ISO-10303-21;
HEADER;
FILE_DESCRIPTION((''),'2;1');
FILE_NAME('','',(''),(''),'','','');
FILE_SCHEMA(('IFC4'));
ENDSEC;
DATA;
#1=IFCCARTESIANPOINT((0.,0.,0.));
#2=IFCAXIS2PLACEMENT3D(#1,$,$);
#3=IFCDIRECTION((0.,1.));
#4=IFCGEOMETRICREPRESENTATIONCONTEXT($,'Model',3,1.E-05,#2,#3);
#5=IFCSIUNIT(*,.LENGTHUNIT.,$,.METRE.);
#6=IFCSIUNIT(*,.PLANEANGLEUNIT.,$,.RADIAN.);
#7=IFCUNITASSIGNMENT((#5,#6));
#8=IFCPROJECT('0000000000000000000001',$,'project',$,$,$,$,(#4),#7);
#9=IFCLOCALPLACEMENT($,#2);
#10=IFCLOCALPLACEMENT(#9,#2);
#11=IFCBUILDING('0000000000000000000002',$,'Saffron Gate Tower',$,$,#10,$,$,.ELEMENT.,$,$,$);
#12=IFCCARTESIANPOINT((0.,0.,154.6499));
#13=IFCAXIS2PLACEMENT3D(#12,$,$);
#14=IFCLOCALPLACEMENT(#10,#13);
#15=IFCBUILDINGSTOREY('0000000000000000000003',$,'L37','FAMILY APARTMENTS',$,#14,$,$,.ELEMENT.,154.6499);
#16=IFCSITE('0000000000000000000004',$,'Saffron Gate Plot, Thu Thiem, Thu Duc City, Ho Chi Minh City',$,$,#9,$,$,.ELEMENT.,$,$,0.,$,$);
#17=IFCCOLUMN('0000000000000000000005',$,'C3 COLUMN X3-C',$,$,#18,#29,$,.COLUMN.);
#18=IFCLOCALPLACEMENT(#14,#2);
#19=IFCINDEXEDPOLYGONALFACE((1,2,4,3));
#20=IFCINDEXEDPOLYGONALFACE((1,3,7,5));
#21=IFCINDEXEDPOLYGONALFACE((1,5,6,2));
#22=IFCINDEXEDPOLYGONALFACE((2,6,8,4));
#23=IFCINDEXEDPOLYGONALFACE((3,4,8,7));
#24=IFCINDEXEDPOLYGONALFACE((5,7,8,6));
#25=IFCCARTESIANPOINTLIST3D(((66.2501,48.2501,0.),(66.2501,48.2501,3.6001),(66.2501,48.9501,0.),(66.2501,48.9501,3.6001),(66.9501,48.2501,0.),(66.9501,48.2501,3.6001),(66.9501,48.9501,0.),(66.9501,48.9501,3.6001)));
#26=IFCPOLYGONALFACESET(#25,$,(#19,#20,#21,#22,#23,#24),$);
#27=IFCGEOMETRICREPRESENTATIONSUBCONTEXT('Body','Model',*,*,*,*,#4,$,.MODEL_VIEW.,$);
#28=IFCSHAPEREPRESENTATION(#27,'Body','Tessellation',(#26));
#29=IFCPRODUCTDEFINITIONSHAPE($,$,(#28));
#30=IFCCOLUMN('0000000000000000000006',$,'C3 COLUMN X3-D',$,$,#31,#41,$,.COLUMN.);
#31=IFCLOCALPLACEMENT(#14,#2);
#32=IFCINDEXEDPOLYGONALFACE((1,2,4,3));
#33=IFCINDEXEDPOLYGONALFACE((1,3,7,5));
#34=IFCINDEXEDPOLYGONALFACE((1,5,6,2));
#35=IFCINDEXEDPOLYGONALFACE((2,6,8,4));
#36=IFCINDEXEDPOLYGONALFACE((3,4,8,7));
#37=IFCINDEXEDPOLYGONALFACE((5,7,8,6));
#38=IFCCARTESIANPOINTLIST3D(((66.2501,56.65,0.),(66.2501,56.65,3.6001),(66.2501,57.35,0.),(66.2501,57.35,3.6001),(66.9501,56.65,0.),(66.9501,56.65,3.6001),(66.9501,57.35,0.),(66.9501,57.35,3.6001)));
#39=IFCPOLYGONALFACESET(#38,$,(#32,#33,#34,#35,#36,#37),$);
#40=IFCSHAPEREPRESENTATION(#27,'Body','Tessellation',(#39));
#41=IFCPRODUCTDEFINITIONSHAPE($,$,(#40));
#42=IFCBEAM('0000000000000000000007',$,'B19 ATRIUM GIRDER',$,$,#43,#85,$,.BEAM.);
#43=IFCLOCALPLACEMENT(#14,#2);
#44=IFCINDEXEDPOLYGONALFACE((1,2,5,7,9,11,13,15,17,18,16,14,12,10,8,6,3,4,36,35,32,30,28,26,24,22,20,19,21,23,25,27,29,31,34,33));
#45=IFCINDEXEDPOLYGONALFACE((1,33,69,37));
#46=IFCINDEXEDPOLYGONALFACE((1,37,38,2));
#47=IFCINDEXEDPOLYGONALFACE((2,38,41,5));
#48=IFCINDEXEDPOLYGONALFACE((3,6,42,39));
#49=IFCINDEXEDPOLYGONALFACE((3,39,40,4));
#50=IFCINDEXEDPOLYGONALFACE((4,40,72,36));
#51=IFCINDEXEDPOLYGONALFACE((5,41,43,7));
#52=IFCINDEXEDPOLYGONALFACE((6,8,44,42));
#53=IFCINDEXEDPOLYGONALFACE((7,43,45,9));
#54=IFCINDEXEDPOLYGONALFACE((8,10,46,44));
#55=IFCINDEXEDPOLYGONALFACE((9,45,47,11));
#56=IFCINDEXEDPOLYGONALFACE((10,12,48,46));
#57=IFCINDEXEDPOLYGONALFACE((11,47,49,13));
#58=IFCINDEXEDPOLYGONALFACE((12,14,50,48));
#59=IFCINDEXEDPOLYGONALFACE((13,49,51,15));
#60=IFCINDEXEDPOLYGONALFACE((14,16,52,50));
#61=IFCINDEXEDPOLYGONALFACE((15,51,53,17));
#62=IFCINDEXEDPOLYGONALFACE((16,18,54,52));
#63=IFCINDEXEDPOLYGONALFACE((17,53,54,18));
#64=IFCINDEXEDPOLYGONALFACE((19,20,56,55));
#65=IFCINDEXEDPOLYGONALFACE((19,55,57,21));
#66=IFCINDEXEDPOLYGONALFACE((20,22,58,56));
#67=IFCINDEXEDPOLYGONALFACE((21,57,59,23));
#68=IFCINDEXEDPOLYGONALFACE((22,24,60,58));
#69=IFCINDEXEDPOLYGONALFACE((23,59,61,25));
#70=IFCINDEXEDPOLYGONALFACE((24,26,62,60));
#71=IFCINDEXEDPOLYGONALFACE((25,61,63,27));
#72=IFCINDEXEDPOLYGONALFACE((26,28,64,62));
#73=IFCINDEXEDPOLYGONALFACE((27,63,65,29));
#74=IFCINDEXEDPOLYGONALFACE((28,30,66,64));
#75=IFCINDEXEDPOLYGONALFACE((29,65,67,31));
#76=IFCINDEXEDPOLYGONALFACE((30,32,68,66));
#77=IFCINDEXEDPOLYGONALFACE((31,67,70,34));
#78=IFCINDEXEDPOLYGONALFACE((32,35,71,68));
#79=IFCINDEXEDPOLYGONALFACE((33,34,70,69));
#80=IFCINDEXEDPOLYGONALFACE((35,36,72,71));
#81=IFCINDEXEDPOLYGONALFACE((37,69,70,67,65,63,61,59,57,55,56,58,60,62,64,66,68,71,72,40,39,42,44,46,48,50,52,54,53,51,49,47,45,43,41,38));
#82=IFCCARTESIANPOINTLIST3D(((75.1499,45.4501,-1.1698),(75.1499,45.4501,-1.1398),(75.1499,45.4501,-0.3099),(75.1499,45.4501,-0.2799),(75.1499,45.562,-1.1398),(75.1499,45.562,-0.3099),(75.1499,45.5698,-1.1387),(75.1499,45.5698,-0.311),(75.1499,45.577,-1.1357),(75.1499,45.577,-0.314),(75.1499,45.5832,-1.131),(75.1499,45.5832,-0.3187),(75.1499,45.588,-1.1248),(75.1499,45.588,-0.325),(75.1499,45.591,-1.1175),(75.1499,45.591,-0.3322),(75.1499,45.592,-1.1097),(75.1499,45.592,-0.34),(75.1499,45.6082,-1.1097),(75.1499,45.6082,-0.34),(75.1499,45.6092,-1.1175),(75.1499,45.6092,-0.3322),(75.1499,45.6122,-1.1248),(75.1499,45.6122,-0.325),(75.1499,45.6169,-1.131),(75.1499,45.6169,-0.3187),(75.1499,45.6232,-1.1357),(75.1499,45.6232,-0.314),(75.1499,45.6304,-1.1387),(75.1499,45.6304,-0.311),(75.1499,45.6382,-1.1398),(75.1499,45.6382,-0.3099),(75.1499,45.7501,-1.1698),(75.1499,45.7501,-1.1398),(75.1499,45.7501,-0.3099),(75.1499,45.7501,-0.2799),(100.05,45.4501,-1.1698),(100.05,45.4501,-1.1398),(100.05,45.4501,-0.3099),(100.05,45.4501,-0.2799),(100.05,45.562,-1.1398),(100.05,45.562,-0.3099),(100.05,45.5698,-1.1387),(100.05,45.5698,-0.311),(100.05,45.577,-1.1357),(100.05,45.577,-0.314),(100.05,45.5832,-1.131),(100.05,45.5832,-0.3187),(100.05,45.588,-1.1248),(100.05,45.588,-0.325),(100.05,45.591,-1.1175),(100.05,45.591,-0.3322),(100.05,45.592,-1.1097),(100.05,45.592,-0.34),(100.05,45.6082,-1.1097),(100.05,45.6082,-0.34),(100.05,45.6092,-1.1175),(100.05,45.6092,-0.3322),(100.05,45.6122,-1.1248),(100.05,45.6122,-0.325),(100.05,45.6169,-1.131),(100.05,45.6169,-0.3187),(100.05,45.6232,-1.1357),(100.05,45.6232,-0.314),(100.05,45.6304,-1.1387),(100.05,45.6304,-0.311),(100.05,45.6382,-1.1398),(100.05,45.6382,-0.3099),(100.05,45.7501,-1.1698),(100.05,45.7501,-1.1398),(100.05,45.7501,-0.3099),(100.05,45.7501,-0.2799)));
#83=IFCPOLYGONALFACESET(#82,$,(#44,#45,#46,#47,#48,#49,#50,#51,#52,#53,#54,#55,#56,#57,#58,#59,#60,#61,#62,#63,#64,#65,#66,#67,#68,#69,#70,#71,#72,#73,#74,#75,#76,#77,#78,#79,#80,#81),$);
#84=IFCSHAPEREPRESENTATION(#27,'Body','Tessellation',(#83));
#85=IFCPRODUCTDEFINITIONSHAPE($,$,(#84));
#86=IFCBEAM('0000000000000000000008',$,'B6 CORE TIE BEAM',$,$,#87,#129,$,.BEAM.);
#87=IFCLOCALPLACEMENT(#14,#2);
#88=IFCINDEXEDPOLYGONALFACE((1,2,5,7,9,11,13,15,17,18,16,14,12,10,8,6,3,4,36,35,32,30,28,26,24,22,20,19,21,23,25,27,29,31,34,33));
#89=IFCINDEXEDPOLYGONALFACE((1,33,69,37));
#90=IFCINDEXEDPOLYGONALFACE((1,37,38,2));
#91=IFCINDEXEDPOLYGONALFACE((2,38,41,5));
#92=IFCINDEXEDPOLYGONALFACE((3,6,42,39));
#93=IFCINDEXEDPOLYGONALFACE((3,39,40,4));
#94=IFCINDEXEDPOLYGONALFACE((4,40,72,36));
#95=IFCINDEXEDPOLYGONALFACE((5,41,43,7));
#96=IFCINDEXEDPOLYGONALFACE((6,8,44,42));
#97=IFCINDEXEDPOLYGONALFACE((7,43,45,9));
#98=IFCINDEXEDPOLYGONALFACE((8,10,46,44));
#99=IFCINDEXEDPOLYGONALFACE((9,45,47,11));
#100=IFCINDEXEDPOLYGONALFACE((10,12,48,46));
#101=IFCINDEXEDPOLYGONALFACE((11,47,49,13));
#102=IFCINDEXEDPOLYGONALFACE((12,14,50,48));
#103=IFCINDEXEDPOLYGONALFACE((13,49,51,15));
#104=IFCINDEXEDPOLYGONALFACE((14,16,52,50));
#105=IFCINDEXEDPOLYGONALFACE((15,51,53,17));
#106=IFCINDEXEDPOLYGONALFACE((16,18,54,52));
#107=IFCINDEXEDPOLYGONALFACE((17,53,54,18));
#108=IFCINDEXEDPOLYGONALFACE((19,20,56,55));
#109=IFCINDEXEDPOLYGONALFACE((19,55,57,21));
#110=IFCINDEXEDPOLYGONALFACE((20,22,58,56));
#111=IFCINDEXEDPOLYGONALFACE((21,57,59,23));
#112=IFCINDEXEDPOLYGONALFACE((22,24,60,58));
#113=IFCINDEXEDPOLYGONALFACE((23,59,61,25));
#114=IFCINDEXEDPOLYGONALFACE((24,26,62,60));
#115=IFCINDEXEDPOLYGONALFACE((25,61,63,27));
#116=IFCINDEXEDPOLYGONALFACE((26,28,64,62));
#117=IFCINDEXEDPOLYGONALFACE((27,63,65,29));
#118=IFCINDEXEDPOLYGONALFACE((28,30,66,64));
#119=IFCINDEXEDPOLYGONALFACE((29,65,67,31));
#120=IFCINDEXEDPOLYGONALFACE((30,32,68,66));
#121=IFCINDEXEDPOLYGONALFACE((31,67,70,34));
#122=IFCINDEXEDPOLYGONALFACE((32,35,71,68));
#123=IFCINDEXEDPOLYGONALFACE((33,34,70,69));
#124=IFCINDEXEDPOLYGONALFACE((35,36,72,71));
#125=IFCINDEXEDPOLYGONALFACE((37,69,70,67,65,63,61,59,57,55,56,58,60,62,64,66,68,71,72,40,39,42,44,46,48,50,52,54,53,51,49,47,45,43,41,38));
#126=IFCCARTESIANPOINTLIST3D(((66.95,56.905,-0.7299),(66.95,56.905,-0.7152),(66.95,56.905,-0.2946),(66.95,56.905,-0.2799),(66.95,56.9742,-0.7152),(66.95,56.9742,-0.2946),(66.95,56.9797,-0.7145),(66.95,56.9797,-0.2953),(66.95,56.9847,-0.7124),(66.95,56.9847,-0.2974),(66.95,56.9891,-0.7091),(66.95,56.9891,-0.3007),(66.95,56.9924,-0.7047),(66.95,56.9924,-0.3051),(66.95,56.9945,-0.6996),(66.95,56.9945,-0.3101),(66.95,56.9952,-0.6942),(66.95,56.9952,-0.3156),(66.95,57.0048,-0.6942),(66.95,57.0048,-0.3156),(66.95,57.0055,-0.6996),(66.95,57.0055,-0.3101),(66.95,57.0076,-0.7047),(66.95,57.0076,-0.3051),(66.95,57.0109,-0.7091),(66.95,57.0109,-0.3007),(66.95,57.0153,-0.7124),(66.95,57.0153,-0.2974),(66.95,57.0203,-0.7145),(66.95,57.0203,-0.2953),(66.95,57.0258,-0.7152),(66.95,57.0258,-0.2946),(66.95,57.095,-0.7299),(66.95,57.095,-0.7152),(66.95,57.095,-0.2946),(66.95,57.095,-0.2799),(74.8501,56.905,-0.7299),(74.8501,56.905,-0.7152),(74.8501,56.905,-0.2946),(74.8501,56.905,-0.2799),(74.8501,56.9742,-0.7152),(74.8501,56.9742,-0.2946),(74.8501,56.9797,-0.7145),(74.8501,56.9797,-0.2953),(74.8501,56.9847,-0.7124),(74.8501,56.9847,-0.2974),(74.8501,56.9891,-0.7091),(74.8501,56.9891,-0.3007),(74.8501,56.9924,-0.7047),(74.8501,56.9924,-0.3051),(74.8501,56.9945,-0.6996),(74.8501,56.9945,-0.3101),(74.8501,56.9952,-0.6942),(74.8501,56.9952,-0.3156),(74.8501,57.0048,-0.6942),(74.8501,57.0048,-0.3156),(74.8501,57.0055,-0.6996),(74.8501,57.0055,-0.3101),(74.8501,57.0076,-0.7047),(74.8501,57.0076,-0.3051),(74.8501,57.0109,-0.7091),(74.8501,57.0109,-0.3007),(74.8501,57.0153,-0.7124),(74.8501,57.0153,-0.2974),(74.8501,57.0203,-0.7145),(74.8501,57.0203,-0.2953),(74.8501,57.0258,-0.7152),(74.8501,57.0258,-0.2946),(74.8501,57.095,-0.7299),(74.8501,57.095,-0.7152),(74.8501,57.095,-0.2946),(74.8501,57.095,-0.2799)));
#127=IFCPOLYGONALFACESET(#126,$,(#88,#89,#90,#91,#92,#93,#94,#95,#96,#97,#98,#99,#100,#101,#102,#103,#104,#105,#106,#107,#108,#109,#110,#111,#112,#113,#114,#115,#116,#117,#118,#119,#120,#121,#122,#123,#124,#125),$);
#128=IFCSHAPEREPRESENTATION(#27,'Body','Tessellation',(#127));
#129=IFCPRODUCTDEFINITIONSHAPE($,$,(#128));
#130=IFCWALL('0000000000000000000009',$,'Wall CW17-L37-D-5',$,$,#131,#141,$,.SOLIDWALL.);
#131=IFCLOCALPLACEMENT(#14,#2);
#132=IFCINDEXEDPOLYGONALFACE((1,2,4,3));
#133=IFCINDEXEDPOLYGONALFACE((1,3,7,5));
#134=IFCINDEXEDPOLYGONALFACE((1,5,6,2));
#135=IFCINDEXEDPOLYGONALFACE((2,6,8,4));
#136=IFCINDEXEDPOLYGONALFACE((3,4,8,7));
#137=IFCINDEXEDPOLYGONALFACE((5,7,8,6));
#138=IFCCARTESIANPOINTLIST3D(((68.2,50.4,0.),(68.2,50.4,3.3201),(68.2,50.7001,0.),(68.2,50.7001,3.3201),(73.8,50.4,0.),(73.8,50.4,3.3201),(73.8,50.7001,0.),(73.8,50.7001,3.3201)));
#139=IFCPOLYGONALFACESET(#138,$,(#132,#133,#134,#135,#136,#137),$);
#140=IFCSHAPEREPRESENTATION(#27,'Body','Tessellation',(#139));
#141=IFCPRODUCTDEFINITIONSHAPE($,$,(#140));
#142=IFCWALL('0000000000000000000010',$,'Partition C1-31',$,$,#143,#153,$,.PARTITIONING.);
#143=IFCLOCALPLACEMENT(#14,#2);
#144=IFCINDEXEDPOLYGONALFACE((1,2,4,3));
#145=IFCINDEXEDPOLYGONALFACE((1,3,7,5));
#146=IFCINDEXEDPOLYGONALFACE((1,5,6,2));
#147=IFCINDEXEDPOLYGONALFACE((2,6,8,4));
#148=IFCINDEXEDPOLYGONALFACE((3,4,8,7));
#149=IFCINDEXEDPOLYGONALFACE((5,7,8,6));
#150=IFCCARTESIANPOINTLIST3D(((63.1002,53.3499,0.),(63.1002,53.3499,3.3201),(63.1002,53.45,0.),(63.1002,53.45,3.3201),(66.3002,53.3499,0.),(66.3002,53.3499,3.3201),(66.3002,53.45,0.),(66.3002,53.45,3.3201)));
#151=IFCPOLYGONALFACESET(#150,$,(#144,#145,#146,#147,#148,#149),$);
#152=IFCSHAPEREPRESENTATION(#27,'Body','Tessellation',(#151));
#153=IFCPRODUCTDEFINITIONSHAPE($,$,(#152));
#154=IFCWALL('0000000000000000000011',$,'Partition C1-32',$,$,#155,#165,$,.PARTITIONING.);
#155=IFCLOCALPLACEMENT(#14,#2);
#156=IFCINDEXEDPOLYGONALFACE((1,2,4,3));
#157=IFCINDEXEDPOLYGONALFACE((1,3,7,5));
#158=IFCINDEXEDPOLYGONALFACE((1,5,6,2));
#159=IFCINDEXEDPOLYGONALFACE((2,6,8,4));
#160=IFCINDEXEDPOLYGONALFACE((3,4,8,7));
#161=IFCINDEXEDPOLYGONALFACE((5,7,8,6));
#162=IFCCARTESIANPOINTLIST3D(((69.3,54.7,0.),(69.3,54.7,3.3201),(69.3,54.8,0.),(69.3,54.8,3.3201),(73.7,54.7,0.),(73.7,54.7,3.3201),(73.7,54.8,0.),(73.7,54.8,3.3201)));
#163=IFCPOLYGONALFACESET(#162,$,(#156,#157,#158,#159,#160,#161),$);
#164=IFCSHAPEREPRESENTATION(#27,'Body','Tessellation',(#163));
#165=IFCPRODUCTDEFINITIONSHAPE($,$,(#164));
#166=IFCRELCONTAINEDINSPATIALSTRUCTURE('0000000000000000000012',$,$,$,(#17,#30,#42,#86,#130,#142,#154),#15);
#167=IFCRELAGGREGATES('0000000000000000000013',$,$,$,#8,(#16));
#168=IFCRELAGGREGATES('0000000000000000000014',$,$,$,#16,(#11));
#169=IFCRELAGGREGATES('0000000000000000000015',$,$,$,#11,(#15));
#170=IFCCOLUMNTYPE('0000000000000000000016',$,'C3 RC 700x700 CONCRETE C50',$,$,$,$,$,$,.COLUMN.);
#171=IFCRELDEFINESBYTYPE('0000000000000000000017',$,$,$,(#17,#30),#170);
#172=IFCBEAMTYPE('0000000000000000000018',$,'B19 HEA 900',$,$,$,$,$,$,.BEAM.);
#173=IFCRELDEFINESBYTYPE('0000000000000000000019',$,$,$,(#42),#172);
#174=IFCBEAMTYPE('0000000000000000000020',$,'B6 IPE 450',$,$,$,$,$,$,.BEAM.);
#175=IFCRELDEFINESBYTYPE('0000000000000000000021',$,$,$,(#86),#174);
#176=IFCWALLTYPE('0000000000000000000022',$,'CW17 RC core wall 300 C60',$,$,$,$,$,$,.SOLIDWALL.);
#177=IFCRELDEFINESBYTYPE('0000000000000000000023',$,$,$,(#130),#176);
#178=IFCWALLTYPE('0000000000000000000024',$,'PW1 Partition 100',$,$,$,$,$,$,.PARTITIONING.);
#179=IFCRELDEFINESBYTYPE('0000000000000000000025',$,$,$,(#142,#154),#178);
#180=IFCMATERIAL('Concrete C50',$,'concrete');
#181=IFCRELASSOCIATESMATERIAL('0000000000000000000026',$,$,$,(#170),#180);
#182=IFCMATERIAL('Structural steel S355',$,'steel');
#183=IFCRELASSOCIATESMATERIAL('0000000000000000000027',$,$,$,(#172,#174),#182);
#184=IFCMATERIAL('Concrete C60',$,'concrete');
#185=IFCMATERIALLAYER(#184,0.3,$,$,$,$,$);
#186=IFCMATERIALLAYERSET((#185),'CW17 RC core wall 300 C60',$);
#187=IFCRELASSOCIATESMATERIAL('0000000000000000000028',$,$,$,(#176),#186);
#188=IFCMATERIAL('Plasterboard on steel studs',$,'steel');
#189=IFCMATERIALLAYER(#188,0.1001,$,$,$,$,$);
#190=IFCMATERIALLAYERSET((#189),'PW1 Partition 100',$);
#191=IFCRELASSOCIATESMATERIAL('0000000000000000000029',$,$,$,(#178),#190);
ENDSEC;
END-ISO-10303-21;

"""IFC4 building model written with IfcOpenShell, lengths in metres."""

from ifc_helpers import new_model, si_unit, direction, frame, frame_2d, origin, origin_2d, place, context, subcontext, project, spatial, rectangle, i_section, extrude, material, layer, layer_set, material_profile, profile_set, type_object, element, save


model = new_model("IFC4")

# Units and contexts
model_context = context("Model", 3, precision=1e-05, world=origin(), true_north=direction((0.0, 1.0)))
body_context = subcontext(model_context, "Body", "Model", "MODEL_VIEW")
ifc_project = project(units=[si_unit("LENGTHUNIT", "METRE"), si_unit("PLANEANGLEUNIT", "RADIAN")], contexts=[model_context])

# Site, building, storey
site_placement = place(None, origin())
site = spatial("IfcSite", under=ifc_project, at=site_placement, Name="Saffron Gate Plot, Thu Thiem, Thu Duc City, Ho Chi Minh City", CompositionType="ELEMENT", RefElevation=0.0)
building_placement = place(site_placement, origin())
building = spatial("IfcBuilding", under=site, at=building_placement, Name="Saffron Gate Tower", CompositionType="ELEMENT")
storey_placement = place(building_placement, frame((0.0, 0.0, 154.6499)))
storey = spatial("IfcBuildingStorey", under=building, at=storey_placement, Name="L37", Description="FAMILY APARTMENTS", CompositionType="ELEMENT", Elevation=154.6499)

# Columns
ifc_material_1 = material(Name="Concrete C50", Category="concrete")
ifc_material_profile_1 = material_profile(ifc_material_1, rectangle(XDim=0.7, YDim=0.7, at=origin_2d()))
ifc_profile_set_1 = profile_set([ifc_material_profile_1], Name="Concrete C50")
column_type = type_object("IfcColumnType", Name="C3 RC 700x700 CONCRETE C50", PredefinedType="COLUMN", material=ifc_profile_set_1)
for number, where, z_axis, x_axis, name in (
    (1, (66.6001, 48.6001, 0.0), (0.0, 0.0, 1.0), (1.0, 0.0, 0.0), "C3 COLUMN X3-C"),
    (2, (66.6001, 57.0, 0.0), (0.0, 0.0, 1.0), (1.0, 0.0, 0.0), "C3 COLUMN X3-D"),
):
    element("IfcColumn", number, at=place(storey_placement, frame(where, z_axis=z_axis, x_axis=x_axis)), inside=storey, type_object=column_type, Name=name, PredefinedType="COLUMN", context=body_context, shape_type="SweptSolid", body=[
        extrude(rectangle(XDim=0.7, YDim=0.7, at=origin_2d()), origin(), (0.0, 0.0, 1.0), 3.6001),
    ])

# Beams
ifc_material_2 = material(Name="Structural steel S355", Category="steel")
ifc_material_profile_2 = material_profile(ifc_material_2, i_section(OverallWidth=0.3, OverallDepth=0.8899, WebThickness=0.0161, FlangeThickness=0.03, FilletRadius=0.03, at=origin_2d()))
ifc_profile_set_2 = profile_set([ifc_material_profile_2], Name="Structural steel S355")
beam_type_1 = type_object("IfcBeamType", Name="B19 HEA 900", PredefinedType="BEAM", material=ifc_profile_set_2)
beam_1_placement = place(storey_placement, frame((75.1499, 45.6001, -0.7249), z_axis=(1.0, 0.0, 0.0), x_axis=(0.0, 1.0, 0.0)))
element("IfcBeam", 3, at=beam_1_placement, inside=storey, type_object=beam_type_1, Name="B19 ATRIUM GIRDER", PredefinedType="BEAM", context=body_context, shape_type="SweptSolid", body=[
    extrude(i_section(OverallWidth=0.3, OverallDepth=0.8899, WebThickness=0.0161, FlangeThickness=0.03, FilletRadius=0.03, at=origin_2d()), origin(), (0.0, 0.0, 1.0), 24.9001),
])
ifc_material_profile_3 = material_profile(ifc_material_2, i_section(OverallWidth=0.1899, OverallDepth=0.45, WebThickness=0.0095, FlangeThickness=0.0146, FilletRadius=0.021, at=origin_2d()))
ifc_profile_set_3 = profile_set([ifc_material_profile_3], Name="Structural steel S355")
beam_type_2 = type_object("IfcBeamType", Name="B6 IPE 450", PredefinedType="BEAM", material=ifc_profile_set_3)
beam_2_placement = place(storey_placement, frame((66.95, 57.0, -0.5049), z_axis=(1.0, 0.0, 0.0), x_axis=(0.0, 1.0, 0.0)))
element("IfcBeam", 4, at=beam_2_placement, inside=storey, type_object=beam_type_2, Name="B6 CORE TIE BEAM", PredefinedType="BEAM", context=body_context, shape_type="SweptSolid", body=[
    extrude(i_section(OverallWidth=0.1899, OverallDepth=0.45, WebThickness=0.0095, FlangeThickness=0.0146, FilletRadius=0.021, at=origin_2d()), origin(), (0.0, 0.0, 1.0), 7.9001),
])

# Walls
ifc_material_3 = material(Name="Concrete C60", Category="concrete")
ifc_layer_1 = layer(ifc_material_3, 0.3)
ifc_layer_set_1 = layer_set([ifc_layer_1], Name="CW17 RC core wall 300 C60")
wall_type_1 = type_object("IfcWallType", Name="CW17 RC core wall 300 C60", PredefinedType="SOLIDWALL", material=ifc_layer_set_1)
wall_1_placement = place(storey_placement, frame((68.2, 50.55, 0.0), z_axis=(0.0, 0.0, 1.0), x_axis=(1.0, 0.0, 0.0)))
element("IfcWall", 5, at=wall_1_placement, inside=storey, type_object=wall_type_1, Name="Wall CW17-L37-D-5", PredefinedType="SOLIDWALL", context=body_context, shape_type="SweptSolid", body=[
    extrude(rectangle(XDim=5.6001, YDim=0.3, at=frame_2d((2.8, 0.0))), origin(), (0.0, 0.0, 1.0), 3.3201),
])
ifc_material_4 = material(Name="Plasterboard on steel studs", Category="steel")
ifc_layer_2 = layer(ifc_material_4, 0.1001)
ifc_layer_set_2 = layer_set([ifc_layer_2], Name="PW1 Partition 100")
wall_type_2 = type_object("IfcWallType", Name="PW1 Partition 100", PredefinedType="PARTITIONING", material=ifc_layer_set_2)
wall_2_placement = place(storey_placement, frame((63.1001, 53.3999, 0.0), z_axis=(0.0, 0.0, 1.0), x_axis=(1.0, 0.0, 0.0)))
element("IfcWall", 6, at=wall_2_placement, inside=storey, type_object=wall_type_2, Name="Partition C1-31", PredefinedType="PARTITIONING", context=body_context, shape_type="SweptSolid", body=[
    extrude(rectangle(XDim=3.2, YDim=0.1001, at=frame_2d((1.6001, 0.0))), origin(), (0.0, 0.0, 1.0), 3.3201),
])
wall_3_placement = place(storey_placement, frame((69.3, 54.75, 0.0), z_axis=(0.0, 0.0, 1.0), x_axis=(1.0, 0.0, 0.0)))
element("IfcWall", 7, at=wall_3_placement, inside=storey, type_object=wall_type_2, Name="Partition C1-32", PredefinedType="PARTITIONING", context=body_context, shape_type="SweptSolid", body=[
    extrude(rectangle(XDim=4.3999, YDim=0.1001, at=frame_2d((2.2, 0.0))), origin(), (0.0, 0.0, 1.0), 3.3201),
])

save(model, "model.ifc")
